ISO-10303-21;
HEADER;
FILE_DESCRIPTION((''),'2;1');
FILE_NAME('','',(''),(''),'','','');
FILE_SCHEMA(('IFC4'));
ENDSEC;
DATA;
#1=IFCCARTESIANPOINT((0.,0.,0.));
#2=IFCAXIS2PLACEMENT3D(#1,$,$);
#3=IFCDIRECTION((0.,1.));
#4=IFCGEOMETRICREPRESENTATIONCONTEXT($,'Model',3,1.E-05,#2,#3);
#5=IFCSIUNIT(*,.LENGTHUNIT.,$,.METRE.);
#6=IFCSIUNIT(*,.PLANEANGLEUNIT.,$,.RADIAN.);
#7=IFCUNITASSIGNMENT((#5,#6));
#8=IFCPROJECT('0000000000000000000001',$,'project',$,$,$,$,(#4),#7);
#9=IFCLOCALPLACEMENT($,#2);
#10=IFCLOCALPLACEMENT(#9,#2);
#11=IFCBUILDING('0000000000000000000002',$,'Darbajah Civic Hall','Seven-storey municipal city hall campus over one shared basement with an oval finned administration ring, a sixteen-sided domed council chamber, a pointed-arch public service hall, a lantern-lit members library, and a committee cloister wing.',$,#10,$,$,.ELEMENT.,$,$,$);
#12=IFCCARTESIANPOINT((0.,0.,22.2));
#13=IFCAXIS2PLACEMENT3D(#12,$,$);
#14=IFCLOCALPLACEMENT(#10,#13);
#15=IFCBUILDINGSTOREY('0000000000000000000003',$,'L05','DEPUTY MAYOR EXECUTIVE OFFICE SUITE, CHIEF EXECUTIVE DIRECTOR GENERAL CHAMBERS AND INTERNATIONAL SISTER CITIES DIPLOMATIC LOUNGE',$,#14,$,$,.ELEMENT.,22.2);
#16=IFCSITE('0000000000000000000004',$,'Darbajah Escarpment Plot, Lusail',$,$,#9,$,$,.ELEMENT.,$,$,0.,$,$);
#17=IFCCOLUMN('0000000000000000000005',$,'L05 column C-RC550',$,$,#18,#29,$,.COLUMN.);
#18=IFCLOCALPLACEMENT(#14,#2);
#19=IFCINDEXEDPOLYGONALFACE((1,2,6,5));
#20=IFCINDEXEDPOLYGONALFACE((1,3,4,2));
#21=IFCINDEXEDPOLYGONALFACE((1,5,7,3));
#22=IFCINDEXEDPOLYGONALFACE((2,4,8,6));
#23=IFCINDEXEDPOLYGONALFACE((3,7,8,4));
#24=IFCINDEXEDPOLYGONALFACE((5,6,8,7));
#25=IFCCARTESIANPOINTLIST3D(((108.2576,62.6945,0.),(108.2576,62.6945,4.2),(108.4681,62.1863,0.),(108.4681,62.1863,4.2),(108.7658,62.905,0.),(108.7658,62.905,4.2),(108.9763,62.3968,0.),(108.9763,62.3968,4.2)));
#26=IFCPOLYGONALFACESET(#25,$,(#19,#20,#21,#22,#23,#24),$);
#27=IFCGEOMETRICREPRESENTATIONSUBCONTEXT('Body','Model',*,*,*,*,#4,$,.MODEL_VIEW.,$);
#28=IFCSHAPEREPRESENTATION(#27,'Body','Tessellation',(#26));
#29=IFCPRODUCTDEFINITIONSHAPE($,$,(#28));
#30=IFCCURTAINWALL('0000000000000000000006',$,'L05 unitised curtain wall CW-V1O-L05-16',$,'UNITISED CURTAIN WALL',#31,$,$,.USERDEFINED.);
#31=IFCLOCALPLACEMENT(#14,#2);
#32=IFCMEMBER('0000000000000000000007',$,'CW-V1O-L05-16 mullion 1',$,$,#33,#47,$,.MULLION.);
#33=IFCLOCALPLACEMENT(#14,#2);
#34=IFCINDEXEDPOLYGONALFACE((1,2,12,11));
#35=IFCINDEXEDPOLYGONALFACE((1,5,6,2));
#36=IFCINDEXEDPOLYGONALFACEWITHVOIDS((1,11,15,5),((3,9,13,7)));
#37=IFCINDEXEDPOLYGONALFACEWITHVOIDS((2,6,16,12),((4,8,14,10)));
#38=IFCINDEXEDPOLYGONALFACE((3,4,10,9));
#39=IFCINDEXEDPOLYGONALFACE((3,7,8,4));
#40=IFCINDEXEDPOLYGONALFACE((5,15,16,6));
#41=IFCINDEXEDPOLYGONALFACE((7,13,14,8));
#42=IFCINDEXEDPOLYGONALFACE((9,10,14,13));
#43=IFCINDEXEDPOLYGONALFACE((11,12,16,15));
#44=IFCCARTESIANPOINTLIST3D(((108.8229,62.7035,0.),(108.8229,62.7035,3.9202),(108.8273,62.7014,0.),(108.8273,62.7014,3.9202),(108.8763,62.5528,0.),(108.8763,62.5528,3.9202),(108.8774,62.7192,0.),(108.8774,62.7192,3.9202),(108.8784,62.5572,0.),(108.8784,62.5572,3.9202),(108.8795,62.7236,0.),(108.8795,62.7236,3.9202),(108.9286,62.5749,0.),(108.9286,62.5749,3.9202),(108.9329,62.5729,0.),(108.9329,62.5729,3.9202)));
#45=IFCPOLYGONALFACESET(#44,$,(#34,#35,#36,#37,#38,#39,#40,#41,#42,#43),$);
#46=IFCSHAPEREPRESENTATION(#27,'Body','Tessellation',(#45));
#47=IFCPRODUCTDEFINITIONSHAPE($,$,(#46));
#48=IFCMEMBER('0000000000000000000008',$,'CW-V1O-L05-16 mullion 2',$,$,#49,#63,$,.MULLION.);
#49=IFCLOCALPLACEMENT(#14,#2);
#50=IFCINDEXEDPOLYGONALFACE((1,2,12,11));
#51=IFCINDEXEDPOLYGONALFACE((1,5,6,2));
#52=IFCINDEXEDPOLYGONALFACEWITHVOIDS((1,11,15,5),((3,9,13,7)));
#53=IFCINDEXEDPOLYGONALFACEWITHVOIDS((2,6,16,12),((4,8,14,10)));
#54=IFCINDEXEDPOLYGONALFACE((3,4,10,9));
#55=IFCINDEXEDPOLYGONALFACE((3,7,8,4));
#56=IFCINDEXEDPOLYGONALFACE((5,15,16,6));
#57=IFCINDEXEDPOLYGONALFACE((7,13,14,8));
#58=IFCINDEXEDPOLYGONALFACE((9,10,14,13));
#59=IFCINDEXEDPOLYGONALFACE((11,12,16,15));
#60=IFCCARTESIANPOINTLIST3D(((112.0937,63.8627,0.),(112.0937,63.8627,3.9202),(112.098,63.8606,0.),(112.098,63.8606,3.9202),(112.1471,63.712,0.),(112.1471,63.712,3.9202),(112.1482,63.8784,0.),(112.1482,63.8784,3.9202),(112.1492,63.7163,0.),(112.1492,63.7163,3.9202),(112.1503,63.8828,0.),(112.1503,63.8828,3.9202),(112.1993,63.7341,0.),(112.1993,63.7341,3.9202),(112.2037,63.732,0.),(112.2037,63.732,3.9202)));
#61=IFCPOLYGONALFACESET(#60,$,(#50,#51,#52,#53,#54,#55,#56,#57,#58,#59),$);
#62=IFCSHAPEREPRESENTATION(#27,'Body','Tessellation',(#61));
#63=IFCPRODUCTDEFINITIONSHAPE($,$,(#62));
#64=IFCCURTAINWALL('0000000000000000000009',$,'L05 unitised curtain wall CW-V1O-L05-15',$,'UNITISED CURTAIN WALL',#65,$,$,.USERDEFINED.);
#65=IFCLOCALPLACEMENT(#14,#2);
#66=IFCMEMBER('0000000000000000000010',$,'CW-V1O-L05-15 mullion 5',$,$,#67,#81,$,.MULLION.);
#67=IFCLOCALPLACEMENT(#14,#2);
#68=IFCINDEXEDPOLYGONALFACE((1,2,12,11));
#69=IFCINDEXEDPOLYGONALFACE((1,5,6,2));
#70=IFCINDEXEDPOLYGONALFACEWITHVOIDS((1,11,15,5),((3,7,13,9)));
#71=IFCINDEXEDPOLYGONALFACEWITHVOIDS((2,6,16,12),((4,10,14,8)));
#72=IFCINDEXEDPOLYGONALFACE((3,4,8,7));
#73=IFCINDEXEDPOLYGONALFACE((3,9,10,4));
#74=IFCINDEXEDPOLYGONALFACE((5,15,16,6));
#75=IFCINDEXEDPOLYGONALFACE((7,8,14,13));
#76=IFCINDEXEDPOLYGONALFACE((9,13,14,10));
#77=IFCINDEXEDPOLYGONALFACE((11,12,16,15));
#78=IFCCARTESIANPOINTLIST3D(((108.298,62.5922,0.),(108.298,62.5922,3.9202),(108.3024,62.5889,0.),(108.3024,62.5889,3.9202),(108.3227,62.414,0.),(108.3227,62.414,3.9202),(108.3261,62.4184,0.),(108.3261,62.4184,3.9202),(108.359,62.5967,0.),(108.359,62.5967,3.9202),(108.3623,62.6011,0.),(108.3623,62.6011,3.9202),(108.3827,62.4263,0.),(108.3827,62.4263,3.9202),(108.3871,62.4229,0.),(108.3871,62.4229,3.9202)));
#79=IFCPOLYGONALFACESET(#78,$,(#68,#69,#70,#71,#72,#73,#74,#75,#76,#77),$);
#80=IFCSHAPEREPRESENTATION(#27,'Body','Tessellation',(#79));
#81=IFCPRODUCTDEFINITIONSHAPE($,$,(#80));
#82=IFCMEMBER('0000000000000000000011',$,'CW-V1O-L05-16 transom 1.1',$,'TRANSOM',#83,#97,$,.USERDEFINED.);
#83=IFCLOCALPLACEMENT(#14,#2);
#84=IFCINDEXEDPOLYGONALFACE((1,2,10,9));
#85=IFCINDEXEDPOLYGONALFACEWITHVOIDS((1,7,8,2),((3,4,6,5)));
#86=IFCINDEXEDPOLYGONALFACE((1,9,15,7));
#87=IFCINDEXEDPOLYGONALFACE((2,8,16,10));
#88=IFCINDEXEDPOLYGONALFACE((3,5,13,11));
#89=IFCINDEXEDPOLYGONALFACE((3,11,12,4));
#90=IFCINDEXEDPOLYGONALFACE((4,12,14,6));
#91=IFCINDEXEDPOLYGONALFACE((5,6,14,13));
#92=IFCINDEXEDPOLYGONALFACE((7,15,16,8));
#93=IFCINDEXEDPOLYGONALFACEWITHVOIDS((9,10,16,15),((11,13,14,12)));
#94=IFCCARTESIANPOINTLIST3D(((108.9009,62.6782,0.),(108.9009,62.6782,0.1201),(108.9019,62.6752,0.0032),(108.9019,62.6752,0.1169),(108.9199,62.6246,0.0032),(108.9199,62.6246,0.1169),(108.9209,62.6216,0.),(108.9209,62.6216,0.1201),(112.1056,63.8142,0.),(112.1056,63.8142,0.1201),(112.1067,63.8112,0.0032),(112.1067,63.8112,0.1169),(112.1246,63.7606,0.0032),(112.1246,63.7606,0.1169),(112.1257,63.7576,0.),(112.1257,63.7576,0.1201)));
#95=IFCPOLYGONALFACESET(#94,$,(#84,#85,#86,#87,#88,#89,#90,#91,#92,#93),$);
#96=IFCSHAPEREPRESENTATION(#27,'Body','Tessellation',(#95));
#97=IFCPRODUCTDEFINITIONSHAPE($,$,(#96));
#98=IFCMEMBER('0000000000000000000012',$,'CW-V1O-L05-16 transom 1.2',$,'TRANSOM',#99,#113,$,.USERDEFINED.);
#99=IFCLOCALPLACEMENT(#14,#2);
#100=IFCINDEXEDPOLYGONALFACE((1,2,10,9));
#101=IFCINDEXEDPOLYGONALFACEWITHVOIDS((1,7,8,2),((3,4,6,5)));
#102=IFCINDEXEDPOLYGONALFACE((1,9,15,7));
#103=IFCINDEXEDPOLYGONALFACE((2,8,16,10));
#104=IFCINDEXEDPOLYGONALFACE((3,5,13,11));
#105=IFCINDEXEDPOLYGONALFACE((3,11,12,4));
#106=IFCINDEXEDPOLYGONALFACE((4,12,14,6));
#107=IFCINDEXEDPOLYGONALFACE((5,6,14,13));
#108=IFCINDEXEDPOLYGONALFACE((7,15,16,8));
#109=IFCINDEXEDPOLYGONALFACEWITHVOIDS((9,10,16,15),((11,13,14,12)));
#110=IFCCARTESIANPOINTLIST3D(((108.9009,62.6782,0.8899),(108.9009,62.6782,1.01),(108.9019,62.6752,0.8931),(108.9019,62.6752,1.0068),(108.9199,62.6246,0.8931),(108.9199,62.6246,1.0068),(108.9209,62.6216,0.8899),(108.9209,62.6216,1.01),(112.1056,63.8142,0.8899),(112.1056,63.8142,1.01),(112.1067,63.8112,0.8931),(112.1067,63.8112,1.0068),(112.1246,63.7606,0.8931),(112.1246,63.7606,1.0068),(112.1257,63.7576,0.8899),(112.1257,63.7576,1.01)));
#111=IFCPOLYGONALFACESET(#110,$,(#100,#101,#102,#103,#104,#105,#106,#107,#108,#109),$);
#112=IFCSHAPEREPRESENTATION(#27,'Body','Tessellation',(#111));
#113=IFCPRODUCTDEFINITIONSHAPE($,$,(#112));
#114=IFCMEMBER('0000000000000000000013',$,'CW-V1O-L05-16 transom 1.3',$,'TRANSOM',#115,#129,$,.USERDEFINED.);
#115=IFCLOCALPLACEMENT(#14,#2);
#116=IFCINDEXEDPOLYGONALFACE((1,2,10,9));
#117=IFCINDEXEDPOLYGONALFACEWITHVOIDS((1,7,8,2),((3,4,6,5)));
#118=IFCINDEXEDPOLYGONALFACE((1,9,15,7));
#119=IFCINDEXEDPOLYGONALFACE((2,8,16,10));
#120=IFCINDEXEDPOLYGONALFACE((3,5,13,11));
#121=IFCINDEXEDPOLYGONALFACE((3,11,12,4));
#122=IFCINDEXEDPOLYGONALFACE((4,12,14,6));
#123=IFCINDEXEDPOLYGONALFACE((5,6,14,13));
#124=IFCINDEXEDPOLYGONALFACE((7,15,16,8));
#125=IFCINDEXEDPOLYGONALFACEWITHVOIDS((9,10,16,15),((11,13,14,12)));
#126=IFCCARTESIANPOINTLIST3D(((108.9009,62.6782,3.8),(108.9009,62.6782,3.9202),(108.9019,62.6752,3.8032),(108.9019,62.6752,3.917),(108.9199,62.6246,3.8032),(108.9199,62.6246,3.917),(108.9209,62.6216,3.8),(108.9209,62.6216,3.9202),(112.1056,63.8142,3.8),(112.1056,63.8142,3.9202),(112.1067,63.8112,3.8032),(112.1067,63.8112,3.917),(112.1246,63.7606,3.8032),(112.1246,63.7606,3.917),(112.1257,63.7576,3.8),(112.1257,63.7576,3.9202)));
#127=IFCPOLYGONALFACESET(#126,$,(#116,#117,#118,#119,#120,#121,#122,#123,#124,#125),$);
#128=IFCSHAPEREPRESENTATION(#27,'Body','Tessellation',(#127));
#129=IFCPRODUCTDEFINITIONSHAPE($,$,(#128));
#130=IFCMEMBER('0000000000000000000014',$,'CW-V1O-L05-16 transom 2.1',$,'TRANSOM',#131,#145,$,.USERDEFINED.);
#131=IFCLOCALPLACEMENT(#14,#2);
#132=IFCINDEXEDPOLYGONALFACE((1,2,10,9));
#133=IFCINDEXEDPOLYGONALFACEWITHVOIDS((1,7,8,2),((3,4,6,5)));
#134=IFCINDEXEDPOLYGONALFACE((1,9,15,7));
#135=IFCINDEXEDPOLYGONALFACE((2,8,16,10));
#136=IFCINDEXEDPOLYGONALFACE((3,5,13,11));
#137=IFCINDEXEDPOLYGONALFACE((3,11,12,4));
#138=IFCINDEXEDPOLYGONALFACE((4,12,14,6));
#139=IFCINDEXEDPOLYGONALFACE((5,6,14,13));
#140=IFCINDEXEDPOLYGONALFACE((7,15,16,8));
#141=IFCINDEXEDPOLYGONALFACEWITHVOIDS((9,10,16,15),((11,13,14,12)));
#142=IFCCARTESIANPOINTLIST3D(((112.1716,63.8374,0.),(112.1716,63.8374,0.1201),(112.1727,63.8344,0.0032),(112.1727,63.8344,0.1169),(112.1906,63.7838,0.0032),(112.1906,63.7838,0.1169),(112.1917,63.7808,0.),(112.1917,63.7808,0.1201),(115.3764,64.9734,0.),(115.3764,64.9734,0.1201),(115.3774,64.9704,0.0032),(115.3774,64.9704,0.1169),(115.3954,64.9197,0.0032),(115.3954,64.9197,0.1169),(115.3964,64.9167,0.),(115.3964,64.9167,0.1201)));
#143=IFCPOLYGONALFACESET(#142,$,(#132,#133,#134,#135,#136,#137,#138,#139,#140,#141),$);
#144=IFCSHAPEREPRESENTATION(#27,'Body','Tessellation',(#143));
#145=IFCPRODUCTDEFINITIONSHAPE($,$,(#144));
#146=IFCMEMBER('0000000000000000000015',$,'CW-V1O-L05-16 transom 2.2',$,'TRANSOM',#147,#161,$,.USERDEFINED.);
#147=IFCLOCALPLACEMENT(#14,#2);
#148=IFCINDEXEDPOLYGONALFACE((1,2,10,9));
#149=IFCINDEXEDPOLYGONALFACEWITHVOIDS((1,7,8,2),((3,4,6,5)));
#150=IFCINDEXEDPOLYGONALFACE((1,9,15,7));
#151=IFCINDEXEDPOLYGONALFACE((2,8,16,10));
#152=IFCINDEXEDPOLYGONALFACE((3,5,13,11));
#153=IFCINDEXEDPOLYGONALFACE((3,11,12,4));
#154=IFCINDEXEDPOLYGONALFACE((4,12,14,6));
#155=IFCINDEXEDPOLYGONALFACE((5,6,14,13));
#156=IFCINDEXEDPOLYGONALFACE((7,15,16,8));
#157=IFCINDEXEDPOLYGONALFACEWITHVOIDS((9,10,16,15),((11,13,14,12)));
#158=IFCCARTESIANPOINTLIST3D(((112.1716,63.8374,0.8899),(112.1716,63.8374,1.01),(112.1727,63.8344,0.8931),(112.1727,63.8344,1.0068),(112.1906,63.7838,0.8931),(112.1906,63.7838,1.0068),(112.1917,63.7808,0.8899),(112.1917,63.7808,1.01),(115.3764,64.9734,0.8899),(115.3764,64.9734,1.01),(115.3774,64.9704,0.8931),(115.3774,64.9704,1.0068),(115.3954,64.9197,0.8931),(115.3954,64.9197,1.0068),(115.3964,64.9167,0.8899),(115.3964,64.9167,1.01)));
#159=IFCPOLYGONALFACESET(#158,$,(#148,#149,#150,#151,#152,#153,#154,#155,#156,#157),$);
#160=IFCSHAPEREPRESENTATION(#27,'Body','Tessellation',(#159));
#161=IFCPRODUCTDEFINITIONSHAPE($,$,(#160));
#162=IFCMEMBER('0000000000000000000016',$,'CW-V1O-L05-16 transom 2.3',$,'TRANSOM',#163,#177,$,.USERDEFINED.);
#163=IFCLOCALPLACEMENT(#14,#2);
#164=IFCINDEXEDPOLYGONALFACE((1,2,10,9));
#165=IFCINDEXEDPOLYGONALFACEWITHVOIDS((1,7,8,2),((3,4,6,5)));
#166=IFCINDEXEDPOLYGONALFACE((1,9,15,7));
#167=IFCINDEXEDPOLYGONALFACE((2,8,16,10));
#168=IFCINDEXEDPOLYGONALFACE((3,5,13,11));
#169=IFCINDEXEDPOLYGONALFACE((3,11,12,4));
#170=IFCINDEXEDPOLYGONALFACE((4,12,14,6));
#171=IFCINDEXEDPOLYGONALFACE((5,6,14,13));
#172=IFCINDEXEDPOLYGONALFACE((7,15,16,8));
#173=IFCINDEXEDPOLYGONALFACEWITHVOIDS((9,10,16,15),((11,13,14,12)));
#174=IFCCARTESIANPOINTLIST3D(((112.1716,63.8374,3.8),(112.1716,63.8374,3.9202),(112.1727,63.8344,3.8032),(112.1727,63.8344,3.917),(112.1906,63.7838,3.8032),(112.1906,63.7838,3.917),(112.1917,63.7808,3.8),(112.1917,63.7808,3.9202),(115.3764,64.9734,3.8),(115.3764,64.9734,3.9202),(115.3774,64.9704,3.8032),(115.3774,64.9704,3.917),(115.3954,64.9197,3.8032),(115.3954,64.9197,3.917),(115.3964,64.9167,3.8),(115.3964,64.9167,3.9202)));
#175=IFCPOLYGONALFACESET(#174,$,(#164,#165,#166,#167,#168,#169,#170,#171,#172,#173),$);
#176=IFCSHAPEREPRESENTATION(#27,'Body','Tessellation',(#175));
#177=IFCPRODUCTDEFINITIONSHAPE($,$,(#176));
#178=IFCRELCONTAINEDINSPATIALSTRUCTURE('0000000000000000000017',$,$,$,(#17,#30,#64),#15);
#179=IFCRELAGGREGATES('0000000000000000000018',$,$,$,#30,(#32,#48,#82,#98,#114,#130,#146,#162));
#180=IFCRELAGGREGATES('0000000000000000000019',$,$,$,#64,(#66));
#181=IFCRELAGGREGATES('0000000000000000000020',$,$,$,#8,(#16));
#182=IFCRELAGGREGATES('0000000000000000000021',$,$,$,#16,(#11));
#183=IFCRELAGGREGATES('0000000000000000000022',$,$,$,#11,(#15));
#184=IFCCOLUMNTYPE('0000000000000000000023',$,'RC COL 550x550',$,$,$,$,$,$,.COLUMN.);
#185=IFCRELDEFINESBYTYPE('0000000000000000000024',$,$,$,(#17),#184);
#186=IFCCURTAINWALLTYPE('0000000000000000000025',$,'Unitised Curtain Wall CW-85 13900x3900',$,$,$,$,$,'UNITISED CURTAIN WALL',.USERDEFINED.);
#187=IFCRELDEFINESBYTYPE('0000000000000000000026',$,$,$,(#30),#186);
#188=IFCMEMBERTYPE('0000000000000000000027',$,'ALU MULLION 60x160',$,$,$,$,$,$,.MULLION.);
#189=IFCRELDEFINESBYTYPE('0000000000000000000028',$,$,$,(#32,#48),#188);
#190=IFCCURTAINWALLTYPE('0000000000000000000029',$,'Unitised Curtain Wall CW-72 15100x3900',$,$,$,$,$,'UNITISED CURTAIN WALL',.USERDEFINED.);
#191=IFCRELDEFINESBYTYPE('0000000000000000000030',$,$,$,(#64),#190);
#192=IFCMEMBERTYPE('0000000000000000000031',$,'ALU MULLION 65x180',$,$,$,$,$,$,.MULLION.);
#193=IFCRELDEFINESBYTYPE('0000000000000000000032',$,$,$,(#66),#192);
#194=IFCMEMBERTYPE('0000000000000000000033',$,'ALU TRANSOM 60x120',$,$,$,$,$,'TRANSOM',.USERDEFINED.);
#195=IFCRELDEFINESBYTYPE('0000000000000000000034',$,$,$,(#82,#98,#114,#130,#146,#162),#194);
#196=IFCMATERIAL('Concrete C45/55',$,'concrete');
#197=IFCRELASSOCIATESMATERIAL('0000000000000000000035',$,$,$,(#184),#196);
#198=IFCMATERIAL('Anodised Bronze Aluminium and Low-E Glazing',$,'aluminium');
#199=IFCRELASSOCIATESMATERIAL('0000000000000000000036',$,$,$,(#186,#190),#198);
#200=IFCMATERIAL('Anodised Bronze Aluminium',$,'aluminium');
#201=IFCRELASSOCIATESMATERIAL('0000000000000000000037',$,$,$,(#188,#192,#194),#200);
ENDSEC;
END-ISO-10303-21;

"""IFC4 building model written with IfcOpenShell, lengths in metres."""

from ifc_helpers import new_model, si_unit, direction, frame, origin, origin_2d, place, context, subcontext, project, spatial, rectangle, hollow_rectangle, extrude, material, material_profile, profile_set, type_object, element, aggregate, save


model = new_model("IFC4")

# Units and contexts
model_context = context("Model", 3, precision=1e-05, world=origin(), true_north=direction((0.0, 1.0)))
body_context = subcontext(model_context, "Body", "Model", "MODEL_VIEW")
ifc_project = project(units=[si_unit("LENGTHUNIT", "METRE"), si_unit("PLANEANGLEUNIT", "RADIAN")], contexts=[model_context])

# Site, building, storey
site_placement = place(None, origin())
site = spatial("IfcSite", under=ifc_project, at=site_placement, Name="Darbajah Escarpment Plot, Lusail", CompositionType="ELEMENT", RefElevation=0.0)
building_placement = place(site_placement, origin())
building = spatial("IfcBuilding", under=site, at=building_placement, Name="Darbajah Civic Hall", Description="Seven-storey municipal city hall campus over one shared basement with an oval finned administration ring, a sixteen-sided domed council chamber, a pointed-arch public service hall, a lantern-lit members library, and a committee cloister wing.", CompositionType="ELEMENT")
storey_placement = place(building_placement, frame((0.0, 0.0, 22.2)))
storey = spatial("IfcBuildingStorey", under=building, at=storey_placement, Name="L05", Description="DEPUTY MAYOR EXECUTIVE OFFICE SUITE, CHIEF EXECUTIVE DIRECTOR GENERAL CHAMBERS AND INTERNATIONAL SISTER CITIES DIPLOMATIC LOUNGE", CompositionType="ELEMENT", Elevation=22.2)

# Column
ifc_material_1 = material(Name="Concrete C45/55", Category="concrete")
ifc_material_profile_1 = material_profile(ifc_material_1, rectangle(XDim=0.55, YDim=0.55, at=origin_2d()), Name="RC COL 550x550")
ifc_profile_set_1 = profile_set([ifc_material_profile_1], Name="Concrete C45/55")
column_type = type_object("IfcColumnType", Name="RC COL 550x550", PredefinedType="COLUMN", material=ifc_profile_set_1)
column_placement = place(storey_placement, frame((108.6169, 62.5457, 0.0), z_axis=(0.0, 0.0, 1.0), x_axis=(0.382683, -0.92388, 0.0)))
element("IfcColumn", 1, at=column_placement, inside=storey, type_object=column_type, Name="L05 column C-RC550", PredefinedType="COLUMN", context=body_context, shape_type="SweptSolid", body=[
    extrude(rectangle(XDim=0.55, YDim=0.55, at=origin_2d()), origin(), (0.0, 0.0, 1.0), 4.2),
])

# Curtain wall, members
ifc_material_2 = material(Name="Anodised Bronze Aluminium and Low-E Glazing", Category="aluminium")
curtain_wall_type_1 = type_object("IfcCurtainWallType", Name="Unitised Curtain Wall CW-85 13900x3900", ElementType="UNITISED CURTAIN WALL", PredefinedType="USERDEFINED", material=ifc_material_2)
curtain_wall_1_placement = place(storey_placement, origin())
curtain_wall_1 = element("IfcCurtainWall", 2, at=curtain_wall_1_placement, inside=storey, type_object=curtain_wall_type_1, Name="L05 unitised curtain wall CW-V1O-L05-16", ObjectType="UNITISED CURTAIN WALL", PredefinedType="USERDEFINED")
ifc_material_3 = material(Name="Anodised Bronze Aluminium", Category="aluminium")
ifc_material_profile_2 = material_profile(ifc_material_3, hollow_rectangle(XDim=0.0601, YDim=0.1599, WallThickness=0.0034, at=origin_2d()), Name="ALU MULLION 60x160")
ifc_profile_set_2 = profile_set([ifc_material_profile_2], Name="Anodised Bronze Aluminium")
member_type_1 = type_object("IfcMemberType", Name="ALU MULLION 60x160", PredefinedType="MULLION", material=ifc_profile_set_2)
member_1_placement = place(storey_placement, frame((108.8779, 62.6382, 0.0), z_axis=(0.0, 0.0, 1.0), x_axis=(0.942525, 0.334136, 0.0)))
member_1 = element("IfcMember", 3, at=member_1_placement, type_object=member_type_1, Name="CW-V1O-L05-16 mullion 1", PredefinedType="MULLION", context=body_context, shape_type="SweptSolid", body=[
    extrude(hollow_rectangle(XDim=0.0601, YDim=0.1599, WallThickness=0.0034, at=origin_2d()), origin(), (0.0, 0.0, 1.0), 3.9202),
])
member_2_placement = place(storey_placement, frame((112.1487, 63.7974, 0.0), z_axis=(0.0, 0.0, 1.0), x_axis=(0.942525, 0.334136, 0.0)))
member_2 = element("IfcMember", 4, at=member_2_placement, type_object=member_type_1, Name="CW-V1O-L05-16 mullion 2", PredefinedType="MULLION", context=body_context, shape_type="SweptSolid", body=[
    extrude(hollow_rectangle(XDim=0.0601, YDim=0.1599, WallThickness=0.0034, at=origin_2d()), origin(), (0.0, 0.0, 1.0), 3.9202),
])

# Curtain wall, member
curtain_wall_type_2 = type_object("IfcCurtainWallType", Name="Unitised Curtain Wall CW-72 15100x3900", ElementType="UNITISED CURTAIN WALL", PredefinedType="USERDEFINED", material=ifc_material_2)
curtain_wall_2_placement = place(storey_placement, origin())
curtain_wall_2 = element("IfcCurtainWall", 5, at=curtain_wall_2_placement, inside=storey, type_object=curtain_wall_type_2, Name="L05 unitised curtain wall CW-V1O-L05-15", ObjectType="UNITISED CURTAIN WALL", PredefinedType="USERDEFINED")
ifc_material_profile_3 = material_profile(ifc_material_3, hollow_rectangle(XDim=0.0649, YDim=0.1799, WallThickness=0.0039, at=origin_2d()), Name="ALU MULLION 65x180")
ifc_profile_set_3 = profile_set([ifc_material_profile_3], Name="Anodised Bronze Aluminium")
member_type_2 = type_object("IfcMemberType", Name="ALU MULLION 65x180", PredefinedType="MULLION", material=ifc_profile_set_3)
member_3_placement = place(storey_placement, frame((108.3425, 62.5076, 0.0), z_axis=(0.0, 0.0, 1.0), x_axis=(0.990485, 0.137617, 0.0)))
member_3 = element("IfcMember", 6, at=member_3_placement, type_object=member_type_2, Name="CW-V1O-L05-15 mullion 5", PredefinedType="MULLION", context=body_context, shape_type="SweptSolid", body=[
    extrude(hollow_rectangle(XDim=0.0649, YDim=0.1799, WallThickness=0.0039, at=origin_2d()), origin(), (0.0, 0.0, 1.0), 3.9202),
])

# Members
ifc_material_profile_4 = material_profile(ifc_material_3, hollow_rectangle(XDim=0.0601, YDim=0.1201, WallThickness=0.0032, at=origin_2d()), Name="ALU TRANSOM 60x120")
ifc_profile_set_4 = profile_set([ifc_material_profile_4], Name="Anodised Bronze Aluminium")
member_type_3 = type_object("IfcMemberType", Name="ALU TRANSOM 60x120", ElementType="TRANSOM", PredefinedType="USERDEFINED", material=ifc_profile_set_4)
member_4_placement = place(storey_placement, frame((108.9109, 62.6499, 0.0601), z_axis=(0.94254, 0.334093, 0.0), x_axis=(-0.334093, 0.94254, 0.0)))
member_4 = element("IfcMember", 7, at=member_4_placement, type_object=member_type_3, Name="CW-V1O-L05-16 transom 1.1", ObjectType="TRANSOM", PredefinedType="USERDEFINED", context=body_context, shape_type="SweptSolid", body=[
    extrude(hollow_rectangle(XDim=0.0601, YDim=0.1201, WallThickness=0.0032, at=origin_2d()), origin(), (0.0, 0.0, 1.0), 3.4001),
])
member_5_placement = place(storey_placement, frame((108.9109, 62.6499, 0.95), z_axis=(0.94254, 0.334093, 0.0), x_axis=(-0.334093, 0.94254, 0.0)))
member_5 = element("IfcMember", 8, at=member_5_placement, type_object=member_type_3, Name="CW-V1O-L05-16 transom 1.2", ObjectType="TRANSOM", PredefinedType="USERDEFINED", context=body_context, shape_type="SweptSolid", body=[
    extrude(hollow_rectangle(XDim=0.0601, YDim=0.1201, WallThickness=0.0032, at=origin_2d()), origin(), (0.0, 0.0, 1.0), 3.4001),
])
member_6_placement = place(storey_placement, frame((108.9109, 62.6499, 3.8601), z_axis=(0.94254, 0.334093, 0.0), x_axis=(-0.334093, 0.94254, 0.0)))
member_6 = element("IfcMember", 9, at=member_6_placement, type_object=member_type_3, Name="CW-V1O-L05-16 transom 1.3", ObjectType="TRANSOM", PredefinedType="USERDEFINED", context=body_context, shape_type="SweptSolid", body=[
    extrude(hollow_rectangle(XDim=0.0601, YDim=0.1201, WallThickness=0.0032, at=origin_2d()), origin(), (0.0, 0.0, 1.0), 3.4001),
])
member_7_placement = place(storey_placement, frame((112.1816, 63.8091, 0.0601), z_axis=(0.94254, 0.334093, 0.0), x_axis=(-0.334093, 0.94254, 0.0)))
member_7 = element("IfcMember", 10, at=member_7_placement, type_object=member_type_3, Name="CW-V1O-L05-16 transom 2.1", ObjectType="TRANSOM", PredefinedType="USERDEFINED", context=body_context, shape_type="SweptSolid", body=[
    extrude(hollow_rectangle(XDim=0.0601, YDim=0.1201, WallThickness=0.0032, at=origin_2d()), origin(), (0.0, 0.0, 1.0), 3.4001),
])
member_8_placement = place(storey_placement, frame((112.1816, 63.8091, 0.95), z_axis=(0.94254, 0.334093, 0.0), x_axis=(-0.334093, 0.94254, 0.0)))
member_8 = element("IfcMember", 11, at=member_8_placement, type_object=member_type_3, Name="CW-V1O-L05-16 transom 2.2", ObjectType="TRANSOM", PredefinedType="USERDEFINED", context=body_context, shape_type="SweptSolid", body=[
    extrude(hollow_rectangle(XDim=0.0601, YDim=0.1201, WallThickness=0.0032, at=origin_2d()), origin(), (0.0, 0.0, 1.0), 3.4001),
])
member_9_placement = place(storey_placement, frame((112.1816, 63.8091, 3.8601), z_axis=(0.94254, 0.334093, 0.0), x_axis=(-0.334093, 0.94254, 0.0)))
member_9 = element("IfcMember", 12, at=member_9_placement, type_object=member_type_3, Name="CW-V1O-L05-16 transom 2.3", ObjectType="TRANSOM", PredefinedType="USERDEFINED", context=body_context, shape_type="SweptSolid", body=[
    extrude(hollow_rectangle(XDim=0.0601, YDim=0.1201, WallThickness=0.0032, at=origin_2d()), origin(), (0.0, 0.0, 1.0), 3.4001),
])

aggregate(curtain_wall_1, [member_1, member_2, member_4, member_5, member_6, member_7, member_8, member_9])
aggregate(curtain_wall_2, [member_3])

save(model, "model.ifc")
